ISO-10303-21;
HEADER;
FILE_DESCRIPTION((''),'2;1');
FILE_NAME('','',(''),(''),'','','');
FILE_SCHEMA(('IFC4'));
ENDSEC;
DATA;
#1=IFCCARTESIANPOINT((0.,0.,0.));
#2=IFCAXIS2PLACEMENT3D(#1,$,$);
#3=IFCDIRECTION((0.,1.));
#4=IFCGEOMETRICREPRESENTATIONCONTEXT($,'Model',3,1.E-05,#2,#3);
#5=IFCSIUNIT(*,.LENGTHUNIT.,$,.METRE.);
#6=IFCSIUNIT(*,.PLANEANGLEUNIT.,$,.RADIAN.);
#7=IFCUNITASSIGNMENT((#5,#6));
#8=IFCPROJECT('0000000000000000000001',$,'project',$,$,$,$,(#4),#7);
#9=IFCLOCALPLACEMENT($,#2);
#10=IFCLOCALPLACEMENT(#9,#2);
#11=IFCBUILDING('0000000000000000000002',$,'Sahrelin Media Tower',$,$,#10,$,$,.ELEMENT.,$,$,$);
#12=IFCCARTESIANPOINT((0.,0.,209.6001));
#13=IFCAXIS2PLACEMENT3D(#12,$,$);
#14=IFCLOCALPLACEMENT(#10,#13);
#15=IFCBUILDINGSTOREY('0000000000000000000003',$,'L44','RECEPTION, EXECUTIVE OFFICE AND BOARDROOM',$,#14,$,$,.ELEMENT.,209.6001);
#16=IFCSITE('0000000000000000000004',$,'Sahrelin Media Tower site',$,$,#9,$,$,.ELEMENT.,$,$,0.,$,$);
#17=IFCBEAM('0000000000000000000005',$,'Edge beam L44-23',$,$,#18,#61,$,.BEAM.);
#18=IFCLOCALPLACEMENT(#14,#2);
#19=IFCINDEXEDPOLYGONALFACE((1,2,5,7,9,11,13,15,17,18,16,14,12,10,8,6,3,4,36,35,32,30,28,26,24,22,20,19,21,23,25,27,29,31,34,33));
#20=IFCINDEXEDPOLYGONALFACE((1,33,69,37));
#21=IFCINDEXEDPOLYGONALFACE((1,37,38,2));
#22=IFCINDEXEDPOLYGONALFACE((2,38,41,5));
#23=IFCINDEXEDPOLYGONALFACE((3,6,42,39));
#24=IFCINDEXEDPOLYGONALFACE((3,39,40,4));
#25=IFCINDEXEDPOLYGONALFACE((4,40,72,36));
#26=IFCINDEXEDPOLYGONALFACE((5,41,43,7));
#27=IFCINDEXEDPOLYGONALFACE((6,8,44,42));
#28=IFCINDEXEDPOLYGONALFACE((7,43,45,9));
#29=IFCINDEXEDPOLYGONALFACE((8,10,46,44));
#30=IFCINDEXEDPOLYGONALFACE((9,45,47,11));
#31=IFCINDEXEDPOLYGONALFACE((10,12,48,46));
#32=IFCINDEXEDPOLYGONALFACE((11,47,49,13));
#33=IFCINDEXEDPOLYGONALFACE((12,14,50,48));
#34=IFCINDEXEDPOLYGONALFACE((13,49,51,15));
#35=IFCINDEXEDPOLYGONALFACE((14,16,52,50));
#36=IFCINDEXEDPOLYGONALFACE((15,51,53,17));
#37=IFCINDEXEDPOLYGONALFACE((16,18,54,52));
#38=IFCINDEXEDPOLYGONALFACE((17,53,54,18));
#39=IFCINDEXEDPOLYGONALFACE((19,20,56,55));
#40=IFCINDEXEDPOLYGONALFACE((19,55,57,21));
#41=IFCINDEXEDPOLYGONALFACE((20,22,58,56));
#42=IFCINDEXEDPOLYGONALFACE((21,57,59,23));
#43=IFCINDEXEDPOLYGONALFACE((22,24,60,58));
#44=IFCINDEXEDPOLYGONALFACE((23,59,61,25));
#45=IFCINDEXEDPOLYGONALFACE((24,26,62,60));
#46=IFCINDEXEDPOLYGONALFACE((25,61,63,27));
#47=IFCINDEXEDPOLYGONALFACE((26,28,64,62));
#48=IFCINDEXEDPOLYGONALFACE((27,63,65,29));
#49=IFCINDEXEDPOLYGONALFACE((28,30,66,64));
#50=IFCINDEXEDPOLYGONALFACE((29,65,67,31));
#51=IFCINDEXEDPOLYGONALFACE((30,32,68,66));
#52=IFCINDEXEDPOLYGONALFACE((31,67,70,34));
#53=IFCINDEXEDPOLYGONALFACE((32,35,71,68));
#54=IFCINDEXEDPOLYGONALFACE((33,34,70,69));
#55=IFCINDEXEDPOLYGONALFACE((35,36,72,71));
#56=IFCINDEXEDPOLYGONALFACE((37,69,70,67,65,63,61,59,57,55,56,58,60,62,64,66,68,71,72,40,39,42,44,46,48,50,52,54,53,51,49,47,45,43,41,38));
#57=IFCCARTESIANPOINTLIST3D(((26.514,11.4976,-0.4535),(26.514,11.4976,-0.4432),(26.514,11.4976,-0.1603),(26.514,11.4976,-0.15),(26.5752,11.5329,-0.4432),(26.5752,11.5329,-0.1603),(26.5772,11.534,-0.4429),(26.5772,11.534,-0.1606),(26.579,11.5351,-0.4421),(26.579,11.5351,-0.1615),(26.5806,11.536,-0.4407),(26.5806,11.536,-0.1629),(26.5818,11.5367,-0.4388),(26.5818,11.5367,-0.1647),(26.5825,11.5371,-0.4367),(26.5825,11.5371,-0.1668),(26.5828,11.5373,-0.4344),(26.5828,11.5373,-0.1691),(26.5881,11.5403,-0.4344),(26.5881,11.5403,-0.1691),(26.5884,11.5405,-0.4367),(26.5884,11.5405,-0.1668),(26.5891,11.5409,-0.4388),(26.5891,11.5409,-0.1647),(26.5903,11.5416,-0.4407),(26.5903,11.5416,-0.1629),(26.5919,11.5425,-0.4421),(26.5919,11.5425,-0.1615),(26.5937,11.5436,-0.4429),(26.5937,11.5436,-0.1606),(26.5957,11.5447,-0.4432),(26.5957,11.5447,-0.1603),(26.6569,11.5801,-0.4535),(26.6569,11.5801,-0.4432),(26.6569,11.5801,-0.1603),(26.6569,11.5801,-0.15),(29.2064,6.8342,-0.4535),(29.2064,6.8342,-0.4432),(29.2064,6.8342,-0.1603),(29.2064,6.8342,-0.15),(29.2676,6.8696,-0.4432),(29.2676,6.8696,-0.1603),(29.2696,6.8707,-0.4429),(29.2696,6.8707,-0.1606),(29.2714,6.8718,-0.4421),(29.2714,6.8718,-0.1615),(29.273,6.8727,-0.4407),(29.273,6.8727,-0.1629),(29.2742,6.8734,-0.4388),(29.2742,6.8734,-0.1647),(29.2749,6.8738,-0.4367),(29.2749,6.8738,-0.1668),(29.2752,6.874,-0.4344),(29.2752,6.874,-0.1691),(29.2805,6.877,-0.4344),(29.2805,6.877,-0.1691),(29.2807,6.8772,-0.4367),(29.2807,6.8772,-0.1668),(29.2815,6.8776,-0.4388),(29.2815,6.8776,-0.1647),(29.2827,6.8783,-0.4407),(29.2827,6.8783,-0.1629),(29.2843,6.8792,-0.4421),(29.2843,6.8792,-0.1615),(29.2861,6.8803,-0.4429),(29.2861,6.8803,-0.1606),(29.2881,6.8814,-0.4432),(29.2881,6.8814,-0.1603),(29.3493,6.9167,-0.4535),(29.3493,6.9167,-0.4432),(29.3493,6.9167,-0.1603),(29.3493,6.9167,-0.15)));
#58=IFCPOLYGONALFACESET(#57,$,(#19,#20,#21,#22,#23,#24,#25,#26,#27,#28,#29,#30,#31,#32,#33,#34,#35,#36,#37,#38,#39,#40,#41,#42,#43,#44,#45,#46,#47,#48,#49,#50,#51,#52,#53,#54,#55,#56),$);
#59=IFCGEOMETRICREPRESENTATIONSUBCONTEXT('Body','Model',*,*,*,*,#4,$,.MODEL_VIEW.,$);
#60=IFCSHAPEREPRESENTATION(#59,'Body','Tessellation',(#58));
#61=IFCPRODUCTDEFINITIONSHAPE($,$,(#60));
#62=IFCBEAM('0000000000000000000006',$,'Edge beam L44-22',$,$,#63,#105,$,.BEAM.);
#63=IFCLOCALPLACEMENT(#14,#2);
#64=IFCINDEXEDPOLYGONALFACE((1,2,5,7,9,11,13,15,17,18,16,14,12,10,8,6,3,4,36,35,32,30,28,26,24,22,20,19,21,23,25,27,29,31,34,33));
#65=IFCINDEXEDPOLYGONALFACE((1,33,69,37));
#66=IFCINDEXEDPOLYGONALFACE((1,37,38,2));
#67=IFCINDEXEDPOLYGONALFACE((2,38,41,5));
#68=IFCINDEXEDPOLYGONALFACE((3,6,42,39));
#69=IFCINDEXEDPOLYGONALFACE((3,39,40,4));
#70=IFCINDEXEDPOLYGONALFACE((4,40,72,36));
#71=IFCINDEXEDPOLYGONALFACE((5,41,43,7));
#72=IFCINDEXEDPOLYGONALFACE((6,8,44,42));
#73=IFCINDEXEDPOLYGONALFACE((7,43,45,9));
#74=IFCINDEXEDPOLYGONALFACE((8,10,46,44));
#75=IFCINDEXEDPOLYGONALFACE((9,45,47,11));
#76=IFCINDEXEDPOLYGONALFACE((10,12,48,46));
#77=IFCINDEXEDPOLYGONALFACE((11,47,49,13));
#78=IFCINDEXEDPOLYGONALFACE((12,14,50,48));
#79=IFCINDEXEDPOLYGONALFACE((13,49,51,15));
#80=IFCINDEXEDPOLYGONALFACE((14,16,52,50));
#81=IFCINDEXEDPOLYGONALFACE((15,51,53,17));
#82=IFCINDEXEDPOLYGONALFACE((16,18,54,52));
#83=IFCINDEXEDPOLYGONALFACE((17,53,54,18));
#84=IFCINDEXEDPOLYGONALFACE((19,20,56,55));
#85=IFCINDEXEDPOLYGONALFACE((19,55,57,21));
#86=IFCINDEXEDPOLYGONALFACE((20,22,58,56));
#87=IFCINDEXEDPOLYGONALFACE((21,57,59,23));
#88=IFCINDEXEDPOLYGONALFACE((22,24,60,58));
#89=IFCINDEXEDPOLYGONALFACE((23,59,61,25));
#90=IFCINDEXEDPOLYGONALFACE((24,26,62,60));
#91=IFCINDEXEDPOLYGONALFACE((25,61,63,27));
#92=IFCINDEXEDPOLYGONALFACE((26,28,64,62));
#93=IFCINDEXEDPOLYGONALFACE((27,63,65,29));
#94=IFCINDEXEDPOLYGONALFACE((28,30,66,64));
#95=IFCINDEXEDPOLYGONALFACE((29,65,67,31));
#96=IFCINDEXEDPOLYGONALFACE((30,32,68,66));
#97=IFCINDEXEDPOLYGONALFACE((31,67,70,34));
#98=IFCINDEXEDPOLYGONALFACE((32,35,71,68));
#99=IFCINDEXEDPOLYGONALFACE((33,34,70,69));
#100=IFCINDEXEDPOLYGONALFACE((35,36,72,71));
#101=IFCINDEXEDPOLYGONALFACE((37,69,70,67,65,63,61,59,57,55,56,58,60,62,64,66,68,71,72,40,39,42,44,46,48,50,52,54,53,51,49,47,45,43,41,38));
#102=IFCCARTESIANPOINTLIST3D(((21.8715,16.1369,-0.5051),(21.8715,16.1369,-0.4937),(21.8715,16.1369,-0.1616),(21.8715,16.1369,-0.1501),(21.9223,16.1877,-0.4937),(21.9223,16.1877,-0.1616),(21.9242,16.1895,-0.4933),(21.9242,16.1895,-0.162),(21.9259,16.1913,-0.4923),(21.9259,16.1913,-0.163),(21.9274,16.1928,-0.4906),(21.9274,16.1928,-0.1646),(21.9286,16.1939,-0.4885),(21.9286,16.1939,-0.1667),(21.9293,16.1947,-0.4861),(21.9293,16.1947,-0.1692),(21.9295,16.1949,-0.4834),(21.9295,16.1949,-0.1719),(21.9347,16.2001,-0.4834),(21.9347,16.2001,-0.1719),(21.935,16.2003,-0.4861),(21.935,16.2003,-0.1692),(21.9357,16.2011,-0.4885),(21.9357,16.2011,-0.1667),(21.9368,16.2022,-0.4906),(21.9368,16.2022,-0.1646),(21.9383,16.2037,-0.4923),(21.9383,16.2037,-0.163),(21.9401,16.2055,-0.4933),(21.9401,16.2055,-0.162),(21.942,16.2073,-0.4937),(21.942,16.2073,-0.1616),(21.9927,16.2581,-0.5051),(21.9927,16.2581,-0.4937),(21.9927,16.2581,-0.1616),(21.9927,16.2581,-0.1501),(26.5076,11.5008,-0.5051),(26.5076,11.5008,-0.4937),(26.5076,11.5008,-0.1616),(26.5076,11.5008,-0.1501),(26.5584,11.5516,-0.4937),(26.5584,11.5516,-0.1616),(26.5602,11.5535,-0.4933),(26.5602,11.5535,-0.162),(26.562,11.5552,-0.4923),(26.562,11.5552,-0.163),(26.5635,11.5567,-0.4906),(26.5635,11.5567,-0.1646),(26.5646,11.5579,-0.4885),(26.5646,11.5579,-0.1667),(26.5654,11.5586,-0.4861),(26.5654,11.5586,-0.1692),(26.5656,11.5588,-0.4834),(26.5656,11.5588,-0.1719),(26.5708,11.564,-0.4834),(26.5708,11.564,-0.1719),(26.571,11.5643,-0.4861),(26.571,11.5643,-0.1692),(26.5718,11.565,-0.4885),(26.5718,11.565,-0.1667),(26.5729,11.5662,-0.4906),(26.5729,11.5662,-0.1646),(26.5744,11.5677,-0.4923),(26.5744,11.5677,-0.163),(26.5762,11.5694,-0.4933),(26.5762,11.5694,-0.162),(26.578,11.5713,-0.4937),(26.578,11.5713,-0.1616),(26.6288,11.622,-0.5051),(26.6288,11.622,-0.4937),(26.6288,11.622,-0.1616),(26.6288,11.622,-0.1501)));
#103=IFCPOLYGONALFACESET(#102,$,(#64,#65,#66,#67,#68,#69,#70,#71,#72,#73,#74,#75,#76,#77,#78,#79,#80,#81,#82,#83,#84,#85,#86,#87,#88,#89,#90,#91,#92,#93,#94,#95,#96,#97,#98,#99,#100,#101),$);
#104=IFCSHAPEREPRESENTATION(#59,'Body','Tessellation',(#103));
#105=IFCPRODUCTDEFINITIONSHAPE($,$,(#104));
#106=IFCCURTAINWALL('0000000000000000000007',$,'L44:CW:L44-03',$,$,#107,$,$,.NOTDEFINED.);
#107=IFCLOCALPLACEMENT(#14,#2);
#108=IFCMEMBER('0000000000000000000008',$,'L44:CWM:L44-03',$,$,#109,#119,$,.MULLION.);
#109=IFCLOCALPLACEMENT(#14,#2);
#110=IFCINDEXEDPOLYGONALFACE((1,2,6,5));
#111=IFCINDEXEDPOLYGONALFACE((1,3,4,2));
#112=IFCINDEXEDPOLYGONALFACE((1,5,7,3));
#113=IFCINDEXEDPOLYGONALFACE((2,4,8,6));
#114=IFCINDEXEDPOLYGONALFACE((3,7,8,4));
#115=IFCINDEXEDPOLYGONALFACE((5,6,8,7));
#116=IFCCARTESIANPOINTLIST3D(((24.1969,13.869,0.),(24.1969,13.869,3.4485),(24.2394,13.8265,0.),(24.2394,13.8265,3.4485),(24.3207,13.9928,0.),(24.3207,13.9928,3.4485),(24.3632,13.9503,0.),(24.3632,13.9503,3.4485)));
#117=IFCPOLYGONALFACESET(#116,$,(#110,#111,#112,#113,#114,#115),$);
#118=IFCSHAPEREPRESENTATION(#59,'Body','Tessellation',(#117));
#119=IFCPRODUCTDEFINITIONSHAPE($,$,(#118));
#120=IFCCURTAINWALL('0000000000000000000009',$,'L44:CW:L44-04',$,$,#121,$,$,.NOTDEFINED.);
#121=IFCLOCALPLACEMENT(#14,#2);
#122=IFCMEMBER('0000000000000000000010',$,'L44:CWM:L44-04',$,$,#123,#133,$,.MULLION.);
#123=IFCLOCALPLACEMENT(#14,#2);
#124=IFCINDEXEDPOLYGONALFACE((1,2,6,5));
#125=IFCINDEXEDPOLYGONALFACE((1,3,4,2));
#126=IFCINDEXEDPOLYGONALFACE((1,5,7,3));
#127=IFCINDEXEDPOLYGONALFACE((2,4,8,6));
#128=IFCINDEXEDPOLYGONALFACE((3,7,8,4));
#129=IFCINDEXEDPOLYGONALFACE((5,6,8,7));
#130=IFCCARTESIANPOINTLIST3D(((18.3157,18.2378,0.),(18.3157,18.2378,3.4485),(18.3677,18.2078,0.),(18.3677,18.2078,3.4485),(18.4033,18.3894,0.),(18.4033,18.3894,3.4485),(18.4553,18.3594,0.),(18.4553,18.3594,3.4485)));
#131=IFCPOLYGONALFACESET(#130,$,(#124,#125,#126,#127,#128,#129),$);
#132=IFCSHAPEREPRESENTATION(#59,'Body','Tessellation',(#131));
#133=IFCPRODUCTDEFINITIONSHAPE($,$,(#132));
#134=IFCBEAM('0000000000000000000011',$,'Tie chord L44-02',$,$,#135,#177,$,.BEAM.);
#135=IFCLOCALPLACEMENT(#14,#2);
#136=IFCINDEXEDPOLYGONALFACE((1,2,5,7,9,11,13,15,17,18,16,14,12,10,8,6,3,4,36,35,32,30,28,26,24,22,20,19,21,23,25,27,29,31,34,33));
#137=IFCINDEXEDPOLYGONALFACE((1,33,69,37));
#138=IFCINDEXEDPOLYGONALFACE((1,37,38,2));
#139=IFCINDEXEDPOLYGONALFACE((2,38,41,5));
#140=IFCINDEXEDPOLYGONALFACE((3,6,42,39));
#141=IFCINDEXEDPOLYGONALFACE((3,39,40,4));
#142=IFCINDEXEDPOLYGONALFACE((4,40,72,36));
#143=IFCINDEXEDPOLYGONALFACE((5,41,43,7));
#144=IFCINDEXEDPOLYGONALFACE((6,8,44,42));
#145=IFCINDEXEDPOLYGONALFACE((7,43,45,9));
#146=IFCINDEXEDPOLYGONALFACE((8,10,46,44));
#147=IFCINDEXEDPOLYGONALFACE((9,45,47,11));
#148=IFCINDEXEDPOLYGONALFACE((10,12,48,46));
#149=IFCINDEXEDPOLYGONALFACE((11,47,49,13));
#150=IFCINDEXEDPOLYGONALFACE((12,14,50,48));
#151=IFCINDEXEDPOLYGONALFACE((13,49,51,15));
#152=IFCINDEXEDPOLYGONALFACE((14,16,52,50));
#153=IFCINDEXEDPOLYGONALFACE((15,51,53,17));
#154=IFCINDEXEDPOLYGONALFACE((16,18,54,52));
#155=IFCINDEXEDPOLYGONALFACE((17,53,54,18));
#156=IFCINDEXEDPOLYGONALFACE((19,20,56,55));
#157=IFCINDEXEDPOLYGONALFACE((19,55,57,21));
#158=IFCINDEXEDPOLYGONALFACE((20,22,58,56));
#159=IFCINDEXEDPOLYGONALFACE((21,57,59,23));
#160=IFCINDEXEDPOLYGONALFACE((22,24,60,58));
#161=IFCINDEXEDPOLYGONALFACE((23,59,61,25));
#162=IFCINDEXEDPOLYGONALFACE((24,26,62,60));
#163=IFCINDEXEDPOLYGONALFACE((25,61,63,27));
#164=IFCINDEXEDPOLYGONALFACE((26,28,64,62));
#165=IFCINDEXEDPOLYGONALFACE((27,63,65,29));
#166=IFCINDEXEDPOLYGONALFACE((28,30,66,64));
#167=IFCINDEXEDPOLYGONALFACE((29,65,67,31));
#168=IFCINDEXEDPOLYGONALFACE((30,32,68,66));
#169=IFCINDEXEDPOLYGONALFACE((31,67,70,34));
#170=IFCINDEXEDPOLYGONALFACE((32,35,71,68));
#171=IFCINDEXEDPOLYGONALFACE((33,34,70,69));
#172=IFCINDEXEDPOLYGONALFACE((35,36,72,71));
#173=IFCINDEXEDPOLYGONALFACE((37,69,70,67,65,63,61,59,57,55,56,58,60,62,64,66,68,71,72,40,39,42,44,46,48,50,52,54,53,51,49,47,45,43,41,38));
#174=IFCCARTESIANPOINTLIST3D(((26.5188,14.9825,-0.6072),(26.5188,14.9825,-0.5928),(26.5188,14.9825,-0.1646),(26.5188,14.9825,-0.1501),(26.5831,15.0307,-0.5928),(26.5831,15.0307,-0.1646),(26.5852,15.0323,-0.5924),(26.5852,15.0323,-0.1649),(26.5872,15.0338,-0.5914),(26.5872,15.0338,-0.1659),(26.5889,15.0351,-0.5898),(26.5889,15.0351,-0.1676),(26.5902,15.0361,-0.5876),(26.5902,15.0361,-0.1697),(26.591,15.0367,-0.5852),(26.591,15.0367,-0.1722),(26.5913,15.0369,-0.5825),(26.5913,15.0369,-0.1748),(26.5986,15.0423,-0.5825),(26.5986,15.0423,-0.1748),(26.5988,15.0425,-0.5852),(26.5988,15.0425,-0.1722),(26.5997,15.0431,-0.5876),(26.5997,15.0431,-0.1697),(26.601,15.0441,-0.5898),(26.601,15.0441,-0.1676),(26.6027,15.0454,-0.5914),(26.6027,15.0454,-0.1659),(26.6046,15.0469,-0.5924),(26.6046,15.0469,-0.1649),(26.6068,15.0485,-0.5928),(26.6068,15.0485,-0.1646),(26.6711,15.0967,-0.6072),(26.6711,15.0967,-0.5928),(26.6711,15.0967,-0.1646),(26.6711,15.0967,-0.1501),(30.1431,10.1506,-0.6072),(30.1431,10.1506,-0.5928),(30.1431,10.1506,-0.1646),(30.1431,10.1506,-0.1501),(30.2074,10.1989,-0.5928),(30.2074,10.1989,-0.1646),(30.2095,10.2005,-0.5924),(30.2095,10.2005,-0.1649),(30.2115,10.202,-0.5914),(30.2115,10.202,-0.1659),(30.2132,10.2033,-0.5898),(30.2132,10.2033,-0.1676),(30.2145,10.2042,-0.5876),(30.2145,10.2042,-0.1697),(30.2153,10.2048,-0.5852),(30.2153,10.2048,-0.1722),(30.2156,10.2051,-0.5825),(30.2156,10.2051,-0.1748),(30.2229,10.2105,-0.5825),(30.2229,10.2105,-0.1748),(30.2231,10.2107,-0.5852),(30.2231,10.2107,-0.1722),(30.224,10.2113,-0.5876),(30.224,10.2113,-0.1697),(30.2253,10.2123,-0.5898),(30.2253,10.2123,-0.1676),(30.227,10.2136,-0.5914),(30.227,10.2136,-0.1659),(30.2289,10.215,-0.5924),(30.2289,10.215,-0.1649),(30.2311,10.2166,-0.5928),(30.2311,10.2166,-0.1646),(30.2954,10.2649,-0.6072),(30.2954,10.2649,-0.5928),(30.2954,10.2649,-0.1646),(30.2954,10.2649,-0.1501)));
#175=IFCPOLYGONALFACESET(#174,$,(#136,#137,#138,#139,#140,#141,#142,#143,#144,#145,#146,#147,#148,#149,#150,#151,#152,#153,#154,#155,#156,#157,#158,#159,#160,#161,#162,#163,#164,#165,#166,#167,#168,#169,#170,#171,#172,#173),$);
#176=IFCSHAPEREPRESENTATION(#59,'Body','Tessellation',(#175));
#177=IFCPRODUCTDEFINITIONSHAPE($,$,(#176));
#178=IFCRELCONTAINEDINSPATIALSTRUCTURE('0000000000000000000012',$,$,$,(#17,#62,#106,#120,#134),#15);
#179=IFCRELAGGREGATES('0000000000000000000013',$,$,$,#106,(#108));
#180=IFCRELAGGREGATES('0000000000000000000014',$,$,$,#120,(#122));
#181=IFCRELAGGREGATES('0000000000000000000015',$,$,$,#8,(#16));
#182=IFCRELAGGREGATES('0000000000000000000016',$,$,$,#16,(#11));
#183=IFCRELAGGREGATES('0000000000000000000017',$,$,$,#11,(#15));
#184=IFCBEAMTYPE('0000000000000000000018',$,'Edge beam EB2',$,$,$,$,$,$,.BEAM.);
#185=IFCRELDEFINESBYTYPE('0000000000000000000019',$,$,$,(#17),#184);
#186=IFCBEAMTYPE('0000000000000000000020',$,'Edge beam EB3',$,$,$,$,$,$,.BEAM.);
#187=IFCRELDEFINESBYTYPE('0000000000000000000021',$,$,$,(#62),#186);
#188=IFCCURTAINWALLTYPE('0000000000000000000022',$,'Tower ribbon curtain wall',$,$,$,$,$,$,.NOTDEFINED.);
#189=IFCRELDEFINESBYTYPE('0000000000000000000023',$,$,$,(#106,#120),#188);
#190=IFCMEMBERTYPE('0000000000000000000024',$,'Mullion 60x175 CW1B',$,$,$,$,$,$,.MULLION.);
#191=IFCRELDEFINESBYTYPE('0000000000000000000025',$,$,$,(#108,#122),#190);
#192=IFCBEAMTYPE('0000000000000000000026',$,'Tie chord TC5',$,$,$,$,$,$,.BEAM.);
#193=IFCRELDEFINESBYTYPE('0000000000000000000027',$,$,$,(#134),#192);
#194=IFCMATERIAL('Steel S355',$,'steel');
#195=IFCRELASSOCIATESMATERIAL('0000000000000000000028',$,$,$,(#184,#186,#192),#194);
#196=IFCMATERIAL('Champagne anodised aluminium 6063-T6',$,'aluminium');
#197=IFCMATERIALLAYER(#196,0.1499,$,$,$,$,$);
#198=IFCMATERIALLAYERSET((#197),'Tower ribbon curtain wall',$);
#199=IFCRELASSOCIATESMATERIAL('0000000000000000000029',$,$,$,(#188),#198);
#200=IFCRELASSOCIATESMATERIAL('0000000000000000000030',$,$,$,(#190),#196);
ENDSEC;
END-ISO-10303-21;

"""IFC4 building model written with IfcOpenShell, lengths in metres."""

from ifc_helpers import new_model, si_unit, direction, frame, origin, origin_2d, place, context, subcontext, project, spatial, rectangle, i_section, extrude, material, layer, layer_set, material_profile, profile_set, type_object, element, aggregate, save


model = new_model("IFC4")

# Units and contexts
model_context = context("Model", 3, precision=1e-05, world=origin(), true_north=direction((0.0, 1.0)))
body_context = subcontext(model_context, "Body", "Model", "MODEL_VIEW")
ifc_project = project(units=[si_unit("LENGTHUNIT", "METRE"), si_unit("PLANEANGLEUNIT", "RADIAN")], contexts=[model_context])

# Site, building, storey
site_placement = place(None, origin())
site = spatial("IfcSite", under=ifc_project, at=site_placement, Name="Sahrelin Media Tower site", CompositionType="ELEMENT", RefElevation=0.0)
building_placement = place(site_placement, origin())
building = spatial("IfcBuilding", under=site, at=building_placement, Name="Sahrelin Media Tower", CompositionType="ELEMENT")
storey_placement = place(building_placement, frame((0.0, 0.0, 209.6001)))
storey = spatial("IfcBuildingStorey", under=building, at=storey_placement, Name="L44", Description="RECEPTION, EXECUTIVE OFFICE AND BOARDROOM", CompositionType="ELEMENT", Elevation=209.6001)

# Beams
ifc_material_1 = material(Name="Steel S355", Category="steel")
ifc_material_profile_1 = material_profile(ifc_material_1, i_section(OverallWidth=0.165, OverallDepth=0.3035, WebThickness=0.0061, FlangeThickness=0.0103, FilletRadius=0.0088, at=origin_2d()), Name="UB 305x165x40")
ifc_profile_set_1 = profile_set([ifc_material_profile_1], Name="Steel S355")
beam_type_1 = type_object("IfcBeamType", Name="Edge beam EB2", PredefinedType="BEAM", material=ifc_profile_set_1)
beam_1_placement = place(storey_placement, frame((26.5854, 11.5388, -0.3018), z_axis=(0.500001, -0.866025, 0.0), x_axis=(0.866025, 0.500001, 0.0)))
element("IfcBeam", 1, at=beam_1_placement, inside=storey, type_object=beam_type_1, Name="Edge beam L44-23", PredefinedType="BEAM", context=body_context, shape_type="SweptSolid", body=[
    extrude(i_section(OverallWidth=0.165, OverallDepth=0.3035, WebThickness=0.0061, FlangeThickness=0.0103, FilletRadius=0.0088, at=origin_2d()), origin(), (0.0, 0.0, 1.0), 5.3848),
])
ifc_material_profile_2 = material_profile(ifc_material_1, i_section(OverallWidth=0.1714, OverallDepth=0.355, WebThickness=0.0073, FlangeThickness=0.0115, FilletRadius=0.0103, at=origin_2d()), Name="UB 356x171x51")
ifc_profile_set_2 = profile_set([ifc_material_profile_2], Name="Steel S355")
beam_type_2 = type_object("IfcBeamType", Name="Edge beam EB3", PredefinedType="BEAM", material=ifc_profile_set_2)
beam_2_placement = place(storey_placement, frame((21.9321, 16.1975, -0.3276), z_axis=(0.707107, -0.707107, 0.0), x_axis=(0.707107, 0.707107, 0.0)))
element("IfcBeam", 2, at=beam_2_placement, inside=storey, type_object=beam_type_2, Name="Edge beam L44-22", PredefinedType="BEAM", context=body_context, shape_type="SweptSolid", body=[
    extrude(i_section(OverallWidth=0.1714, OverallDepth=0.355, WebThickness=0.0073, FlangeThickness=0.0115, FilletRadius=0.0103, at=origin_2d()), origin(), (0.0, 0.0, 1.0), 6.5564),
])

# Curtain walls, members
ifc_material_2 = material(Name="Champagne anodised aluminium 6063-T6", Category="aluminium")
ifc_layer_1 = layer(ifc_material_2, 0.1499)
ifc_layer_set_1 = layer_set([ifc_layer_1], Name="Tower ribbon curtain wall")
curtain_wall_type = type_object("IfcCurtainWallType", Name="Tower ribbon curtain wall", PredefinedType="NOTDEFINED", material=ifc_layer_set_1)
curtain_wall_1_placement = place(storey_placement, frame((24.3562, 13.9856, 0.0), z_axis=(0.0, 0.0, 1.0), x_axis=(1.0, 0.0, 0.0)))
curtain_wall_1 = element("IfcCurtainWall", 3, at=curtain_wall_1_placement, inside=storey, type_object=curtain_wall_type, Name="L44:CW:L44-03", PredefinedType="NOTDEFINED")
ifc_material_profile_3 = material_profile(ifc_material_2, rectangle(XDim=0.0601, YDim=0.175, at=origin_2d()), Name="Mullion 60x175")
ifc_profile_set_3 = profile_set([ifc_material_profile_3], Name="Champagne anodised aluminium 6063-T6")
member_type_1 = type_object("IfcMemberType", Name="Mullion 60x175 CW1B", PredefinedType="MULLION", material=ifc_profile_set_3)
member_1_placement = place(storey_placement, frame((24.28, 13.9097, 0.0), z_axis=(0.0, 0.0, 1.0), x_axis=(-0.707107, 0.707107, 0.0)))
member_1 = element("IfcMember", 4, at=member_1_placement, type_object=member_type_1, Name="L44:CWM:L44-03", PredefinedType="MULLION", context=body_context, shape_type="SweptSolid", body=[
    extrude(rectangle(XDim=0.0601, YDim=0.175, at=origin_2d()), origin(), (0.0, 0.0, 1.0), 3.4485),
])
curtain_wall_2_placement = place(storey_placement, frame((18.4392, 18.3916, 0.0), z_axis=(0.0, 0.0, 1.0), x_axis=(1.0, 0.0, 0.0)))
curtain_wall_2 = element("IfcCurtainWall", 5, at=curtain_wall_2_placement, inside=storey, type_object=curtain_wall_type, Name="L44:CW:L44-04", PredefinedType="NOTDEFINED")
member_2_placement = place(storey_placement, frame((18.3855, 18.2986, 0.0), z_axis=(0.0, 0.0, 1.0), x_axis=(-0.866024, 0.500003, 0.0)))
member_2 = element("IfcMember", 6, at=member_2_placement, type_object=member_type_1, Name="L44:CWM:L44-04", PredefinedType="MULLION", context=body_context, shape_type="SweptSolid", body=[
    extrude(rectangle(XDim=0.0601, YDim=0.175, at=origin_2d()), origin(), (0.0, 0.0, 1.0), 3.4485),
])

# Beam
ifc_material_profile_4 = material_profile(ifc_material_1, i_section(OverallWidth=0.1904, OverallDepth=0.457, WebThickness=0.009, FlangeThickness=0.0144, FilletRadius=0.0103, at=origin_2d()), Name="UB 457x191x74")
ifc_profile_set_4 = profile_set([ifc_material_profile_4], Name="Steel S355")
beam_type_3 = type_object("IfcBeamType", Name="Tie chord TC5", PredefinedType="BEAM", material=ifc_profile_set_4)
beam_3_placement = place(storey_placement, frame((30.2192, 10.2078, -0.3787), z_axis=(-0.600045, 0.799966, 0.0), x_axis=(-0.799966, -0.600045, 0.0)))
element("IfcBeam", 7, at=beam_3_placement, inside=storey, type_object=beam_type_3, Name="Tie chord L44-02", PredefinedType="BEAM", context=body_context, shape_type="SweptSolid", body=[
    extrude(i_section(OverallWidth=0.1904, OverallDepth=0.457, WebThickness=0.009, FlangeThickness=0.0144, FilletRadius=0.0103, at=origin_2d()), origin(), (0.0, 0.0, 1.0), 6.04),
])

aggregate(curtain_wall_1, [member_1])
aggregate(curtain_wall_2, [member_2])

save(model, "model.ifc")
